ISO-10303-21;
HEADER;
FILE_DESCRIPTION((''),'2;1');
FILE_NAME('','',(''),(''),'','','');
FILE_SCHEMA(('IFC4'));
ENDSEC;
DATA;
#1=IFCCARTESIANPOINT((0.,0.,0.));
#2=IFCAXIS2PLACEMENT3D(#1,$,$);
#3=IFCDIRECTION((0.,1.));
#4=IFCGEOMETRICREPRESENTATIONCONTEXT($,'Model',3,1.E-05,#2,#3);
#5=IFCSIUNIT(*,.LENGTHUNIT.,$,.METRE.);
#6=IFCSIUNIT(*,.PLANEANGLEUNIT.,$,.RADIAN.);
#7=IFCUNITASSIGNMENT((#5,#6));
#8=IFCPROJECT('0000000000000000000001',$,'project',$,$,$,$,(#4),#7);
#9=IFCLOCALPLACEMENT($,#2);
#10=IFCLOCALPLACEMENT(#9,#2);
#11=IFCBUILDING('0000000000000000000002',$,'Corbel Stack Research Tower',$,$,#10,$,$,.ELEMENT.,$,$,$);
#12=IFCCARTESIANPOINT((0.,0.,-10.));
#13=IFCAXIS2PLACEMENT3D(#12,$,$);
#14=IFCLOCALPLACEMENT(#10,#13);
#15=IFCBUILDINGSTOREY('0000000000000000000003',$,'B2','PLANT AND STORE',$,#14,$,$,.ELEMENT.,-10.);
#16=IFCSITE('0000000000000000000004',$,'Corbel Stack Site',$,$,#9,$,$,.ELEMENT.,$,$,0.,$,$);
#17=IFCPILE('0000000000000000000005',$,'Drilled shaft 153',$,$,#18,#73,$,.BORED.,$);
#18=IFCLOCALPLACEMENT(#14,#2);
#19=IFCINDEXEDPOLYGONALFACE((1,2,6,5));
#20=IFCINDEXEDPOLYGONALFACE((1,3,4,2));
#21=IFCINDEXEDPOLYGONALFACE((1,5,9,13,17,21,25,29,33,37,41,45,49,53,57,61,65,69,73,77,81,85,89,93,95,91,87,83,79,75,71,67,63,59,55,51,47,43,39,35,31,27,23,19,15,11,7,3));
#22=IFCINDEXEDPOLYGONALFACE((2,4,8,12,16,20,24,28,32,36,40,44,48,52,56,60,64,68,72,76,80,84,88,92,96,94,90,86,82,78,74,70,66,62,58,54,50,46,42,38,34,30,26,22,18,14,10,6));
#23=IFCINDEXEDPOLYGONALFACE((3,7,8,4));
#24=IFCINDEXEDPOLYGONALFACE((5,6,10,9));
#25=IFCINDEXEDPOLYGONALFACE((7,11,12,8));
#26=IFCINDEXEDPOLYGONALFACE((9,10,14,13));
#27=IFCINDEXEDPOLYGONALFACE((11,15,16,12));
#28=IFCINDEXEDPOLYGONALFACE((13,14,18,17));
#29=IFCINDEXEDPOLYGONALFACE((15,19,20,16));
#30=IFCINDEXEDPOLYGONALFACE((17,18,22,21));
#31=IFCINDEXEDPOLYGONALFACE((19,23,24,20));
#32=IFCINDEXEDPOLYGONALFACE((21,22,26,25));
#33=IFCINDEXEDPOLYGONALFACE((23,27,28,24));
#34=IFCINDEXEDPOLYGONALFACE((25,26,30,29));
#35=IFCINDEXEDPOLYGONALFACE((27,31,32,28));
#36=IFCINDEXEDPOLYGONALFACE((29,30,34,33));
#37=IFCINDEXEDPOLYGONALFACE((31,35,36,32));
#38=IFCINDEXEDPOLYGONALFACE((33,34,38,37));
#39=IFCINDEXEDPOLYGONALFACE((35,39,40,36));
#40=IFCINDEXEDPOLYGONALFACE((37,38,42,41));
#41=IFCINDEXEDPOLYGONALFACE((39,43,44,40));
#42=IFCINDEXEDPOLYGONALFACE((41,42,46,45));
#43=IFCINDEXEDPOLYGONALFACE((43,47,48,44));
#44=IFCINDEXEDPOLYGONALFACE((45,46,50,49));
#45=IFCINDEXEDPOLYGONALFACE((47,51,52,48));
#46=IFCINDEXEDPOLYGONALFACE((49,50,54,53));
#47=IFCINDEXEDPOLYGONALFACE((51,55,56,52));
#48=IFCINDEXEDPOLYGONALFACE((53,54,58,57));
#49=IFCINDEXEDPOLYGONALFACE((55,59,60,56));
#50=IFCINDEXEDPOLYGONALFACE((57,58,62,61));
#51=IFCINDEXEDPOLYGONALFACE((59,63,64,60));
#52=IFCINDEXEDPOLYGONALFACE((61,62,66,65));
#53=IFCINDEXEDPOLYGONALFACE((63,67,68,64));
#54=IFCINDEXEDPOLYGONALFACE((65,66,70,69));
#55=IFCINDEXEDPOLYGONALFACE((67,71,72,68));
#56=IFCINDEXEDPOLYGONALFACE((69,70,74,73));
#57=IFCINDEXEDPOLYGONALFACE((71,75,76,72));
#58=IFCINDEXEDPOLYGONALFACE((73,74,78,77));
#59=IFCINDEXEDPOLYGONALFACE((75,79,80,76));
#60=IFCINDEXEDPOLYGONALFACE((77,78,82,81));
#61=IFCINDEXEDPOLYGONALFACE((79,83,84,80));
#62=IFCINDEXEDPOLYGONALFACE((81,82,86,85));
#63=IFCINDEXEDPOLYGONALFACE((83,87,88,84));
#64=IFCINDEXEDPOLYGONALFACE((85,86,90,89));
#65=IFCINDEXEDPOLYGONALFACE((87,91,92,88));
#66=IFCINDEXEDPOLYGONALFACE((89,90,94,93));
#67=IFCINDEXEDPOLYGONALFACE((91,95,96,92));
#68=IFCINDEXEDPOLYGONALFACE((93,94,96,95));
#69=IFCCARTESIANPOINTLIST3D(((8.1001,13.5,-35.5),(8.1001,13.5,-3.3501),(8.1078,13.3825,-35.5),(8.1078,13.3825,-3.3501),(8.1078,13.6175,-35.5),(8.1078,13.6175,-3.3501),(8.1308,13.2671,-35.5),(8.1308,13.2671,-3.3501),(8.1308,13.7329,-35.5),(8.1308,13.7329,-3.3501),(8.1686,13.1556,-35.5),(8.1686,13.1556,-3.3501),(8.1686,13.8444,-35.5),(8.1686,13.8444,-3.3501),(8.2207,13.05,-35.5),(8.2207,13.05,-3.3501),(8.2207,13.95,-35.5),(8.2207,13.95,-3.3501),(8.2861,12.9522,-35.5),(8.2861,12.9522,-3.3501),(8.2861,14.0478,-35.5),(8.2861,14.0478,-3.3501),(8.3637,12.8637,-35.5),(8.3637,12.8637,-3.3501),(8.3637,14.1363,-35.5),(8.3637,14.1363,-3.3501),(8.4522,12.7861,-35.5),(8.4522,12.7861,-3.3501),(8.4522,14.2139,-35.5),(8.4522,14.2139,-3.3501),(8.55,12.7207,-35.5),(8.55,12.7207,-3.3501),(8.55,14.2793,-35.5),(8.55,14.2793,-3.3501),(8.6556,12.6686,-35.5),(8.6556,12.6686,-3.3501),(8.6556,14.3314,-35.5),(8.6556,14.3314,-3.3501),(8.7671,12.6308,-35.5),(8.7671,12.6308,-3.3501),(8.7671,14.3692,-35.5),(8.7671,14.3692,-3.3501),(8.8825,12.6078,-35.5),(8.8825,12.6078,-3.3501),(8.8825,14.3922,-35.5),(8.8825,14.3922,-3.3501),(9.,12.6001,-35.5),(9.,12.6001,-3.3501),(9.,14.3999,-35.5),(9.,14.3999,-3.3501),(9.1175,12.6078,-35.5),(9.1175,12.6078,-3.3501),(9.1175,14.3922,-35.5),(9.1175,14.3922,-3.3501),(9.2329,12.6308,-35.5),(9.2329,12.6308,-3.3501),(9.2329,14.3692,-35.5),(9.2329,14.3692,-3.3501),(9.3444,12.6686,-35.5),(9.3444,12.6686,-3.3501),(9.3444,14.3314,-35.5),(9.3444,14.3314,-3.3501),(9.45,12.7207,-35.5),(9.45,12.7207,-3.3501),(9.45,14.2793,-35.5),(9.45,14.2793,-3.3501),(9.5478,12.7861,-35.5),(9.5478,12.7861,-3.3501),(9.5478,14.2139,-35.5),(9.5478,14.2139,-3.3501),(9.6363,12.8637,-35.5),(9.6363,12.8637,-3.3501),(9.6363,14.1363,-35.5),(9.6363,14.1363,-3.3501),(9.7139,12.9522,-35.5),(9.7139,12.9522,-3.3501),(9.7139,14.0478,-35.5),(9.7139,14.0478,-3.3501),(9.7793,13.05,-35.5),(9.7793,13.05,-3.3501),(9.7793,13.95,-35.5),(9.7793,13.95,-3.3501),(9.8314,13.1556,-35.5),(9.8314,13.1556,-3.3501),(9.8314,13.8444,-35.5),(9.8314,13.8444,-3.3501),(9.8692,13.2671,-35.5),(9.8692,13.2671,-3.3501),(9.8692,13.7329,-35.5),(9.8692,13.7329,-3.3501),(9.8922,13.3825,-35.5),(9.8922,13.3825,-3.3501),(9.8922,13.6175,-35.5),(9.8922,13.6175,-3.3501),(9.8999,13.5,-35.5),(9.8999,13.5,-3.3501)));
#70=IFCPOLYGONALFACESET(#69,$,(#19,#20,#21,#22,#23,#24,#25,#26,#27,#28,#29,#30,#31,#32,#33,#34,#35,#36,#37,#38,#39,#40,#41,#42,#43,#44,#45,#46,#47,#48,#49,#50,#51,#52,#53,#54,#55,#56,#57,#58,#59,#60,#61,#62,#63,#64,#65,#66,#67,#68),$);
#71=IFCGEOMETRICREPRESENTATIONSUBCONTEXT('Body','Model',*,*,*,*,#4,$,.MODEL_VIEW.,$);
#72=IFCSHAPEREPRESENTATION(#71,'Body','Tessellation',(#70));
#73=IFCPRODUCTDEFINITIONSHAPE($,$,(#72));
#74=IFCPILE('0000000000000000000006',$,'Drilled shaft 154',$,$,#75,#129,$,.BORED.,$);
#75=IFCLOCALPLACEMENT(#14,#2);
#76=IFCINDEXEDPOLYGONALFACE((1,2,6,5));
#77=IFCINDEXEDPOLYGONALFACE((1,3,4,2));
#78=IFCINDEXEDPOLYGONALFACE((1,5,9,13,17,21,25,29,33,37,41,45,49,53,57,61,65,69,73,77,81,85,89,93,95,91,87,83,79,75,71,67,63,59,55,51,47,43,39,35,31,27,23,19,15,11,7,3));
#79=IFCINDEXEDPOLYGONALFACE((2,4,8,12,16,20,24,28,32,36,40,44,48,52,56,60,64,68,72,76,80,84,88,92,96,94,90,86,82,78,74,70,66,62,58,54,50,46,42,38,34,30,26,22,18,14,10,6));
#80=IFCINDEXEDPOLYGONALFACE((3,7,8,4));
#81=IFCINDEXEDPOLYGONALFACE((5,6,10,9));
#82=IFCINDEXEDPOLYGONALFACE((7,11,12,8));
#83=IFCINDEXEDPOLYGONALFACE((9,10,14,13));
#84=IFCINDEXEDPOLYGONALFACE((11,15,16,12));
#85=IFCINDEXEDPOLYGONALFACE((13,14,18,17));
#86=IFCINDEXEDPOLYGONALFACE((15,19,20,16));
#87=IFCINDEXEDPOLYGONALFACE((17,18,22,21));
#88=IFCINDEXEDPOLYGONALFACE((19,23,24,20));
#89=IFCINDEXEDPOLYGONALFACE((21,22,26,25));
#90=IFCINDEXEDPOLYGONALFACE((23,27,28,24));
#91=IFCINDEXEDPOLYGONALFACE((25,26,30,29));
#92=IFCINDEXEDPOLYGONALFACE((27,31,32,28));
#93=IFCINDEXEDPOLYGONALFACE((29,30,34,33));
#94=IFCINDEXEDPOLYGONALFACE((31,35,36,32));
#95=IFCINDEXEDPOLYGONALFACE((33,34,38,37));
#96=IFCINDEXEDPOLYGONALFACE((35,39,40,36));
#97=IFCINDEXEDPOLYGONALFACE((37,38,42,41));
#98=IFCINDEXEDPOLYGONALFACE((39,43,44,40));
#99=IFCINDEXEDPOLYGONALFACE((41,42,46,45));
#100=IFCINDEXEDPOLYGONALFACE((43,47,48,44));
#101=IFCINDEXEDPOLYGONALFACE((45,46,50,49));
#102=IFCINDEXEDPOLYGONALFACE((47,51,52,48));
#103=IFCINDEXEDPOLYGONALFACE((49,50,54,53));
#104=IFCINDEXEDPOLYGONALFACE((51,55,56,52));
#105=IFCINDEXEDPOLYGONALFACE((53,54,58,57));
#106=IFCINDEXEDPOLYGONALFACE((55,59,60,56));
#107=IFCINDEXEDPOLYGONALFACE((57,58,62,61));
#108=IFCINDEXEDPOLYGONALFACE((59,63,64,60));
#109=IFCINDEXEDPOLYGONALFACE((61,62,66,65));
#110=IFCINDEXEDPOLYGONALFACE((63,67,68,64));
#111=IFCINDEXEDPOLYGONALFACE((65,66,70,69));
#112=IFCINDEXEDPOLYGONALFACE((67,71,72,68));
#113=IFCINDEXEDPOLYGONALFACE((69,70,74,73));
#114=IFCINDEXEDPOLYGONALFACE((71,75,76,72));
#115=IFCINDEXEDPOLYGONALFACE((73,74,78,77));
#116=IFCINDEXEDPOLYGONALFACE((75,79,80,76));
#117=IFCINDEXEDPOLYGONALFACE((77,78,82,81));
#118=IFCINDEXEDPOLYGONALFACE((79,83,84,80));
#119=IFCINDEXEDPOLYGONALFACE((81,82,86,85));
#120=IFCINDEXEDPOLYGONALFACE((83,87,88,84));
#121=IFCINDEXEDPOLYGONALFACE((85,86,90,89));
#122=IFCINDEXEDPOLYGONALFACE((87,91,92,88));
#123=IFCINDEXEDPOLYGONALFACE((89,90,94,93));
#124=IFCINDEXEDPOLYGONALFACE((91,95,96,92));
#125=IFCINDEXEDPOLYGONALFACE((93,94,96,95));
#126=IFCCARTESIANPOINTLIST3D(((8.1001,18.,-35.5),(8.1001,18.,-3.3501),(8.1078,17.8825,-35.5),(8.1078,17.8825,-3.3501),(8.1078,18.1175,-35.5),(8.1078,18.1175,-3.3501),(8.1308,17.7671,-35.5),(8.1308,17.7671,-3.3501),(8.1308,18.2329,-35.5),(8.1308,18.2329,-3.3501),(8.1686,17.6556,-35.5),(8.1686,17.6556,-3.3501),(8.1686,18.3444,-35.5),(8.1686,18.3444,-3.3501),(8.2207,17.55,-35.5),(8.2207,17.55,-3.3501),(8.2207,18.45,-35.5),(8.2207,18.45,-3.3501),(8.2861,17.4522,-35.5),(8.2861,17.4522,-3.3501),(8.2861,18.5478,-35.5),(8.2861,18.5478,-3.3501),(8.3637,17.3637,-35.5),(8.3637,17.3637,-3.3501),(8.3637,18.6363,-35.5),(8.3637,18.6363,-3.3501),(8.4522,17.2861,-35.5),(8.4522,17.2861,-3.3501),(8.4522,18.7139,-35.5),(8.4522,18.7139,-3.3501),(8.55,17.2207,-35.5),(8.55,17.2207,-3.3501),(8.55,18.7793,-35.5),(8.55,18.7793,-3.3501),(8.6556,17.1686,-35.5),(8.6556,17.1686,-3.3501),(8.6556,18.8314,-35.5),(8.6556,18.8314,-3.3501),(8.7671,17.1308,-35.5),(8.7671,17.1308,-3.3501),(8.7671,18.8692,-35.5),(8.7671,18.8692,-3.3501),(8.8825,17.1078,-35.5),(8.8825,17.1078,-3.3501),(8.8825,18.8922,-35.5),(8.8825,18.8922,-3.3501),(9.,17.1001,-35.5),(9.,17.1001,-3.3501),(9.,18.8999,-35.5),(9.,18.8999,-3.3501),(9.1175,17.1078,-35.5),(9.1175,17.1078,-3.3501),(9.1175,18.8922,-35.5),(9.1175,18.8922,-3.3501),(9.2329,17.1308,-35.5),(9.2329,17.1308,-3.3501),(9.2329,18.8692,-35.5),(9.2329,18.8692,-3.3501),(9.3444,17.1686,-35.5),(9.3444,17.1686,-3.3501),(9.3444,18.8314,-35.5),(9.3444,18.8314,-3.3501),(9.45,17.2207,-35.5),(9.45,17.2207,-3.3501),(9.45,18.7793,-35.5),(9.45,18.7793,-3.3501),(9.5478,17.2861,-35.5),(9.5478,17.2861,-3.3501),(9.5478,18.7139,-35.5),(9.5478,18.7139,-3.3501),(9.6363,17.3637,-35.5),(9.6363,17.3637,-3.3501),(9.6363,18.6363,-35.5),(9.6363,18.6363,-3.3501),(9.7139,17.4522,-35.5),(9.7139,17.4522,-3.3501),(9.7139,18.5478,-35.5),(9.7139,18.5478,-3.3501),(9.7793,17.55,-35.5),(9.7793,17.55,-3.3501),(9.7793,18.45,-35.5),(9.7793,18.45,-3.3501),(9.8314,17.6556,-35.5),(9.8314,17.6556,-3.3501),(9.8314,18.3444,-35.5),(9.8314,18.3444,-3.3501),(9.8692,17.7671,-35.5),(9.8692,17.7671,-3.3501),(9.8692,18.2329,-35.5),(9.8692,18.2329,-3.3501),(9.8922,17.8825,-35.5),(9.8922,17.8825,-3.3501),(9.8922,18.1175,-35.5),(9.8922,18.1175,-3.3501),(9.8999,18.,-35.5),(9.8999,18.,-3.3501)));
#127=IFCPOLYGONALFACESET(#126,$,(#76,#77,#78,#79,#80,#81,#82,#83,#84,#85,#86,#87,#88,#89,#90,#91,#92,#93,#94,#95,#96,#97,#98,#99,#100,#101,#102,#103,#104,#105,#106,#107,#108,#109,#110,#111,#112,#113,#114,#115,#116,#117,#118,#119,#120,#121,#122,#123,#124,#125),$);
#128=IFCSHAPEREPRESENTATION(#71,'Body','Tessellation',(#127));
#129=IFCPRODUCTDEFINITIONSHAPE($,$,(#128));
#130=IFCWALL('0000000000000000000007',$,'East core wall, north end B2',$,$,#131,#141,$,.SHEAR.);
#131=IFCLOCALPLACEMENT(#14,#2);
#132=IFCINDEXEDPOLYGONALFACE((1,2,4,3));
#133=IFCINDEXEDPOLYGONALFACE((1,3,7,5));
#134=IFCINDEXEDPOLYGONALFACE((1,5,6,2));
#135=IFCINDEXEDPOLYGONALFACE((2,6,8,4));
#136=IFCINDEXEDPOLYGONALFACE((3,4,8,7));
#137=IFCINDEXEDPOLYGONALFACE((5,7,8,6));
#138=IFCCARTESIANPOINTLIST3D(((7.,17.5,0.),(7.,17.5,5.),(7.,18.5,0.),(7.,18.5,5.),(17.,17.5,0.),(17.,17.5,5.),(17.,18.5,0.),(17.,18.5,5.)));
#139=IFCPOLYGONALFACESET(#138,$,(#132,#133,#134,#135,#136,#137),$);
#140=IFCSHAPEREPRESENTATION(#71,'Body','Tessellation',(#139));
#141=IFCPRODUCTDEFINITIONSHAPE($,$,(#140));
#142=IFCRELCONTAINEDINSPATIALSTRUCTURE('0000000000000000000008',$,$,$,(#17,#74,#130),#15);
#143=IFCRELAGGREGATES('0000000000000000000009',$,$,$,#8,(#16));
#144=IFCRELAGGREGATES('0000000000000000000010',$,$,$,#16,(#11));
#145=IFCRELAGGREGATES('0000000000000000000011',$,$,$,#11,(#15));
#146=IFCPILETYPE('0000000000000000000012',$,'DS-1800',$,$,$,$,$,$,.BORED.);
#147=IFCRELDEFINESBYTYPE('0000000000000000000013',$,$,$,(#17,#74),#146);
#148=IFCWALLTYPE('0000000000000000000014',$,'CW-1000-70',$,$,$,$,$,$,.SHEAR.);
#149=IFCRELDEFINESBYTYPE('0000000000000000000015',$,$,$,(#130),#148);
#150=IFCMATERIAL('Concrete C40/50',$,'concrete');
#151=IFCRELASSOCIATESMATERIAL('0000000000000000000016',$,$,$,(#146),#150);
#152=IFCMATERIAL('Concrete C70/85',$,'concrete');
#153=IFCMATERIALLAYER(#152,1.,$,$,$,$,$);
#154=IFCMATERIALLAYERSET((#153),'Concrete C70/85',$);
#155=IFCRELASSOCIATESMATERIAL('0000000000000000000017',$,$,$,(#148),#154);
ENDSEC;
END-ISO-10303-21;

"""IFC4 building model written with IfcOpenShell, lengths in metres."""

from ifc_helpers import new_model, si_unit, direction, frame, frame_2d, origin, origin_2d, place, context, subcontext, project, spatial, rectangle, circle, extrude, material, layer, layer_set, material_profile, profile_set, type_object, element, save


model = new_model("IFC4")

# Units and contexts
model_context = context("Model", 3, precision=1e-05, world=origin(), true_north=direction((0.0, 1.0)))
body_context = subcontext(model_context, "Body", "Model", "MODEL_VIEW")
ifc_project = project(units=[si_unit("LENGTHUNIT", "METRE"), si_unit("PLANEANGLEUNIT", "RADIAN")], contexts=[model_context])

# Site, building, storey
site_placement = place(None, origin())
site = spatial("IfcSite", under=ifc_project, at=site_placement, Name="Corbel Stack Site", CompositionType="ELEMENT", RefElevation=0.0)
building_placement = place(site_placement, origin())
building = spatial("IfcBuilding", under=site, at=building_placement, Name="Corbel Stack Research Tower", CompositionType="ELEMENT")
storey_placement = place(building_placement, frame((0.0, 0.0, -10.0)))
storey = spatial("IfcBuildingStorey", under=building, at=storey_placement, Name="B2", Description="PLANT AND STORE", CompositionType="ELEMENT", Elevation=-10.0)

# Piles
ifc_material_1 = material(Name="Concrete C40/50", Category="concrete")
ifc_material_profile = material_profile(ifc_material_1, circle(Radius=0.8999, at=origin_2d()), Name="Shaft 1800")
ifc_profile_set = profile_set([ifc_material_profile], Name="Concrete C40/50")
pile_type = type_object("IfcPileType", Name="DS-1800", PredefinedType="BORED", material=ifc_profile_set)
for number, where, z_axis, x_axis, name in (
    (1, (9.0, 13.5, -3.3501), (0.0, 0.0, -1.0), (1.0, 0.0, 0.0), "Drilled shaft 153"),
    (2, (9.0, 18.0, -3.3501), (0.0, 0.0, -1.0), (1.0, 0.0, 0.0), "Drilled shaft 154"),
):
    element("IfcPile", number, at=place(storey_placement, frame(where, z_axis=z_axis, x_axis=x_axis)), inside=storey, type_object=pile_type, Name=name, PredefinedType="BORED", context=body_context, shape_type="SweptSolid", body=[
        extrude(circle(Radius=0.8999, at=origin_2d()), origin(), (0.0, 0.0, 1.0), 32.1499),
    ])

# Wall
ifc_material_2 = material(Name="Concrete C70/85", Category="concrete")
ifc_layer_1 = layer(ifc_material_2, 1.0)
ifc_layer_set_1 = layer_set([ifc_layer_1], Name="Concrete C70/85")
wall_type_1 = type_object("IfcWallType", Name="CW-1000-70", PredefinedType="SHEAR", material=ifc_layer_set_1)
wall_1_placement = place(storey_placement, frame((7.0, 18.0, 0.0), z_axis=(0.0, 0.0, 1.0), x_axis=(1.0, 0.0, 0.0)))
element("IfcWall", 3, at=wall_1_placement, inside=storey, type_object=wall_type_1, Name="East core wall, north end B2", PredefinedType="SHEAR", context=body_context, shape_type="SweptSolid", body=[
    extrude(rectangle(XDim=10.0, YDim=1.0, at=frame_2d((5.0, 0.0))), origin(), (0.0, 0.0, 1.0), 5.0),
])

save(model, "model.ifc")
